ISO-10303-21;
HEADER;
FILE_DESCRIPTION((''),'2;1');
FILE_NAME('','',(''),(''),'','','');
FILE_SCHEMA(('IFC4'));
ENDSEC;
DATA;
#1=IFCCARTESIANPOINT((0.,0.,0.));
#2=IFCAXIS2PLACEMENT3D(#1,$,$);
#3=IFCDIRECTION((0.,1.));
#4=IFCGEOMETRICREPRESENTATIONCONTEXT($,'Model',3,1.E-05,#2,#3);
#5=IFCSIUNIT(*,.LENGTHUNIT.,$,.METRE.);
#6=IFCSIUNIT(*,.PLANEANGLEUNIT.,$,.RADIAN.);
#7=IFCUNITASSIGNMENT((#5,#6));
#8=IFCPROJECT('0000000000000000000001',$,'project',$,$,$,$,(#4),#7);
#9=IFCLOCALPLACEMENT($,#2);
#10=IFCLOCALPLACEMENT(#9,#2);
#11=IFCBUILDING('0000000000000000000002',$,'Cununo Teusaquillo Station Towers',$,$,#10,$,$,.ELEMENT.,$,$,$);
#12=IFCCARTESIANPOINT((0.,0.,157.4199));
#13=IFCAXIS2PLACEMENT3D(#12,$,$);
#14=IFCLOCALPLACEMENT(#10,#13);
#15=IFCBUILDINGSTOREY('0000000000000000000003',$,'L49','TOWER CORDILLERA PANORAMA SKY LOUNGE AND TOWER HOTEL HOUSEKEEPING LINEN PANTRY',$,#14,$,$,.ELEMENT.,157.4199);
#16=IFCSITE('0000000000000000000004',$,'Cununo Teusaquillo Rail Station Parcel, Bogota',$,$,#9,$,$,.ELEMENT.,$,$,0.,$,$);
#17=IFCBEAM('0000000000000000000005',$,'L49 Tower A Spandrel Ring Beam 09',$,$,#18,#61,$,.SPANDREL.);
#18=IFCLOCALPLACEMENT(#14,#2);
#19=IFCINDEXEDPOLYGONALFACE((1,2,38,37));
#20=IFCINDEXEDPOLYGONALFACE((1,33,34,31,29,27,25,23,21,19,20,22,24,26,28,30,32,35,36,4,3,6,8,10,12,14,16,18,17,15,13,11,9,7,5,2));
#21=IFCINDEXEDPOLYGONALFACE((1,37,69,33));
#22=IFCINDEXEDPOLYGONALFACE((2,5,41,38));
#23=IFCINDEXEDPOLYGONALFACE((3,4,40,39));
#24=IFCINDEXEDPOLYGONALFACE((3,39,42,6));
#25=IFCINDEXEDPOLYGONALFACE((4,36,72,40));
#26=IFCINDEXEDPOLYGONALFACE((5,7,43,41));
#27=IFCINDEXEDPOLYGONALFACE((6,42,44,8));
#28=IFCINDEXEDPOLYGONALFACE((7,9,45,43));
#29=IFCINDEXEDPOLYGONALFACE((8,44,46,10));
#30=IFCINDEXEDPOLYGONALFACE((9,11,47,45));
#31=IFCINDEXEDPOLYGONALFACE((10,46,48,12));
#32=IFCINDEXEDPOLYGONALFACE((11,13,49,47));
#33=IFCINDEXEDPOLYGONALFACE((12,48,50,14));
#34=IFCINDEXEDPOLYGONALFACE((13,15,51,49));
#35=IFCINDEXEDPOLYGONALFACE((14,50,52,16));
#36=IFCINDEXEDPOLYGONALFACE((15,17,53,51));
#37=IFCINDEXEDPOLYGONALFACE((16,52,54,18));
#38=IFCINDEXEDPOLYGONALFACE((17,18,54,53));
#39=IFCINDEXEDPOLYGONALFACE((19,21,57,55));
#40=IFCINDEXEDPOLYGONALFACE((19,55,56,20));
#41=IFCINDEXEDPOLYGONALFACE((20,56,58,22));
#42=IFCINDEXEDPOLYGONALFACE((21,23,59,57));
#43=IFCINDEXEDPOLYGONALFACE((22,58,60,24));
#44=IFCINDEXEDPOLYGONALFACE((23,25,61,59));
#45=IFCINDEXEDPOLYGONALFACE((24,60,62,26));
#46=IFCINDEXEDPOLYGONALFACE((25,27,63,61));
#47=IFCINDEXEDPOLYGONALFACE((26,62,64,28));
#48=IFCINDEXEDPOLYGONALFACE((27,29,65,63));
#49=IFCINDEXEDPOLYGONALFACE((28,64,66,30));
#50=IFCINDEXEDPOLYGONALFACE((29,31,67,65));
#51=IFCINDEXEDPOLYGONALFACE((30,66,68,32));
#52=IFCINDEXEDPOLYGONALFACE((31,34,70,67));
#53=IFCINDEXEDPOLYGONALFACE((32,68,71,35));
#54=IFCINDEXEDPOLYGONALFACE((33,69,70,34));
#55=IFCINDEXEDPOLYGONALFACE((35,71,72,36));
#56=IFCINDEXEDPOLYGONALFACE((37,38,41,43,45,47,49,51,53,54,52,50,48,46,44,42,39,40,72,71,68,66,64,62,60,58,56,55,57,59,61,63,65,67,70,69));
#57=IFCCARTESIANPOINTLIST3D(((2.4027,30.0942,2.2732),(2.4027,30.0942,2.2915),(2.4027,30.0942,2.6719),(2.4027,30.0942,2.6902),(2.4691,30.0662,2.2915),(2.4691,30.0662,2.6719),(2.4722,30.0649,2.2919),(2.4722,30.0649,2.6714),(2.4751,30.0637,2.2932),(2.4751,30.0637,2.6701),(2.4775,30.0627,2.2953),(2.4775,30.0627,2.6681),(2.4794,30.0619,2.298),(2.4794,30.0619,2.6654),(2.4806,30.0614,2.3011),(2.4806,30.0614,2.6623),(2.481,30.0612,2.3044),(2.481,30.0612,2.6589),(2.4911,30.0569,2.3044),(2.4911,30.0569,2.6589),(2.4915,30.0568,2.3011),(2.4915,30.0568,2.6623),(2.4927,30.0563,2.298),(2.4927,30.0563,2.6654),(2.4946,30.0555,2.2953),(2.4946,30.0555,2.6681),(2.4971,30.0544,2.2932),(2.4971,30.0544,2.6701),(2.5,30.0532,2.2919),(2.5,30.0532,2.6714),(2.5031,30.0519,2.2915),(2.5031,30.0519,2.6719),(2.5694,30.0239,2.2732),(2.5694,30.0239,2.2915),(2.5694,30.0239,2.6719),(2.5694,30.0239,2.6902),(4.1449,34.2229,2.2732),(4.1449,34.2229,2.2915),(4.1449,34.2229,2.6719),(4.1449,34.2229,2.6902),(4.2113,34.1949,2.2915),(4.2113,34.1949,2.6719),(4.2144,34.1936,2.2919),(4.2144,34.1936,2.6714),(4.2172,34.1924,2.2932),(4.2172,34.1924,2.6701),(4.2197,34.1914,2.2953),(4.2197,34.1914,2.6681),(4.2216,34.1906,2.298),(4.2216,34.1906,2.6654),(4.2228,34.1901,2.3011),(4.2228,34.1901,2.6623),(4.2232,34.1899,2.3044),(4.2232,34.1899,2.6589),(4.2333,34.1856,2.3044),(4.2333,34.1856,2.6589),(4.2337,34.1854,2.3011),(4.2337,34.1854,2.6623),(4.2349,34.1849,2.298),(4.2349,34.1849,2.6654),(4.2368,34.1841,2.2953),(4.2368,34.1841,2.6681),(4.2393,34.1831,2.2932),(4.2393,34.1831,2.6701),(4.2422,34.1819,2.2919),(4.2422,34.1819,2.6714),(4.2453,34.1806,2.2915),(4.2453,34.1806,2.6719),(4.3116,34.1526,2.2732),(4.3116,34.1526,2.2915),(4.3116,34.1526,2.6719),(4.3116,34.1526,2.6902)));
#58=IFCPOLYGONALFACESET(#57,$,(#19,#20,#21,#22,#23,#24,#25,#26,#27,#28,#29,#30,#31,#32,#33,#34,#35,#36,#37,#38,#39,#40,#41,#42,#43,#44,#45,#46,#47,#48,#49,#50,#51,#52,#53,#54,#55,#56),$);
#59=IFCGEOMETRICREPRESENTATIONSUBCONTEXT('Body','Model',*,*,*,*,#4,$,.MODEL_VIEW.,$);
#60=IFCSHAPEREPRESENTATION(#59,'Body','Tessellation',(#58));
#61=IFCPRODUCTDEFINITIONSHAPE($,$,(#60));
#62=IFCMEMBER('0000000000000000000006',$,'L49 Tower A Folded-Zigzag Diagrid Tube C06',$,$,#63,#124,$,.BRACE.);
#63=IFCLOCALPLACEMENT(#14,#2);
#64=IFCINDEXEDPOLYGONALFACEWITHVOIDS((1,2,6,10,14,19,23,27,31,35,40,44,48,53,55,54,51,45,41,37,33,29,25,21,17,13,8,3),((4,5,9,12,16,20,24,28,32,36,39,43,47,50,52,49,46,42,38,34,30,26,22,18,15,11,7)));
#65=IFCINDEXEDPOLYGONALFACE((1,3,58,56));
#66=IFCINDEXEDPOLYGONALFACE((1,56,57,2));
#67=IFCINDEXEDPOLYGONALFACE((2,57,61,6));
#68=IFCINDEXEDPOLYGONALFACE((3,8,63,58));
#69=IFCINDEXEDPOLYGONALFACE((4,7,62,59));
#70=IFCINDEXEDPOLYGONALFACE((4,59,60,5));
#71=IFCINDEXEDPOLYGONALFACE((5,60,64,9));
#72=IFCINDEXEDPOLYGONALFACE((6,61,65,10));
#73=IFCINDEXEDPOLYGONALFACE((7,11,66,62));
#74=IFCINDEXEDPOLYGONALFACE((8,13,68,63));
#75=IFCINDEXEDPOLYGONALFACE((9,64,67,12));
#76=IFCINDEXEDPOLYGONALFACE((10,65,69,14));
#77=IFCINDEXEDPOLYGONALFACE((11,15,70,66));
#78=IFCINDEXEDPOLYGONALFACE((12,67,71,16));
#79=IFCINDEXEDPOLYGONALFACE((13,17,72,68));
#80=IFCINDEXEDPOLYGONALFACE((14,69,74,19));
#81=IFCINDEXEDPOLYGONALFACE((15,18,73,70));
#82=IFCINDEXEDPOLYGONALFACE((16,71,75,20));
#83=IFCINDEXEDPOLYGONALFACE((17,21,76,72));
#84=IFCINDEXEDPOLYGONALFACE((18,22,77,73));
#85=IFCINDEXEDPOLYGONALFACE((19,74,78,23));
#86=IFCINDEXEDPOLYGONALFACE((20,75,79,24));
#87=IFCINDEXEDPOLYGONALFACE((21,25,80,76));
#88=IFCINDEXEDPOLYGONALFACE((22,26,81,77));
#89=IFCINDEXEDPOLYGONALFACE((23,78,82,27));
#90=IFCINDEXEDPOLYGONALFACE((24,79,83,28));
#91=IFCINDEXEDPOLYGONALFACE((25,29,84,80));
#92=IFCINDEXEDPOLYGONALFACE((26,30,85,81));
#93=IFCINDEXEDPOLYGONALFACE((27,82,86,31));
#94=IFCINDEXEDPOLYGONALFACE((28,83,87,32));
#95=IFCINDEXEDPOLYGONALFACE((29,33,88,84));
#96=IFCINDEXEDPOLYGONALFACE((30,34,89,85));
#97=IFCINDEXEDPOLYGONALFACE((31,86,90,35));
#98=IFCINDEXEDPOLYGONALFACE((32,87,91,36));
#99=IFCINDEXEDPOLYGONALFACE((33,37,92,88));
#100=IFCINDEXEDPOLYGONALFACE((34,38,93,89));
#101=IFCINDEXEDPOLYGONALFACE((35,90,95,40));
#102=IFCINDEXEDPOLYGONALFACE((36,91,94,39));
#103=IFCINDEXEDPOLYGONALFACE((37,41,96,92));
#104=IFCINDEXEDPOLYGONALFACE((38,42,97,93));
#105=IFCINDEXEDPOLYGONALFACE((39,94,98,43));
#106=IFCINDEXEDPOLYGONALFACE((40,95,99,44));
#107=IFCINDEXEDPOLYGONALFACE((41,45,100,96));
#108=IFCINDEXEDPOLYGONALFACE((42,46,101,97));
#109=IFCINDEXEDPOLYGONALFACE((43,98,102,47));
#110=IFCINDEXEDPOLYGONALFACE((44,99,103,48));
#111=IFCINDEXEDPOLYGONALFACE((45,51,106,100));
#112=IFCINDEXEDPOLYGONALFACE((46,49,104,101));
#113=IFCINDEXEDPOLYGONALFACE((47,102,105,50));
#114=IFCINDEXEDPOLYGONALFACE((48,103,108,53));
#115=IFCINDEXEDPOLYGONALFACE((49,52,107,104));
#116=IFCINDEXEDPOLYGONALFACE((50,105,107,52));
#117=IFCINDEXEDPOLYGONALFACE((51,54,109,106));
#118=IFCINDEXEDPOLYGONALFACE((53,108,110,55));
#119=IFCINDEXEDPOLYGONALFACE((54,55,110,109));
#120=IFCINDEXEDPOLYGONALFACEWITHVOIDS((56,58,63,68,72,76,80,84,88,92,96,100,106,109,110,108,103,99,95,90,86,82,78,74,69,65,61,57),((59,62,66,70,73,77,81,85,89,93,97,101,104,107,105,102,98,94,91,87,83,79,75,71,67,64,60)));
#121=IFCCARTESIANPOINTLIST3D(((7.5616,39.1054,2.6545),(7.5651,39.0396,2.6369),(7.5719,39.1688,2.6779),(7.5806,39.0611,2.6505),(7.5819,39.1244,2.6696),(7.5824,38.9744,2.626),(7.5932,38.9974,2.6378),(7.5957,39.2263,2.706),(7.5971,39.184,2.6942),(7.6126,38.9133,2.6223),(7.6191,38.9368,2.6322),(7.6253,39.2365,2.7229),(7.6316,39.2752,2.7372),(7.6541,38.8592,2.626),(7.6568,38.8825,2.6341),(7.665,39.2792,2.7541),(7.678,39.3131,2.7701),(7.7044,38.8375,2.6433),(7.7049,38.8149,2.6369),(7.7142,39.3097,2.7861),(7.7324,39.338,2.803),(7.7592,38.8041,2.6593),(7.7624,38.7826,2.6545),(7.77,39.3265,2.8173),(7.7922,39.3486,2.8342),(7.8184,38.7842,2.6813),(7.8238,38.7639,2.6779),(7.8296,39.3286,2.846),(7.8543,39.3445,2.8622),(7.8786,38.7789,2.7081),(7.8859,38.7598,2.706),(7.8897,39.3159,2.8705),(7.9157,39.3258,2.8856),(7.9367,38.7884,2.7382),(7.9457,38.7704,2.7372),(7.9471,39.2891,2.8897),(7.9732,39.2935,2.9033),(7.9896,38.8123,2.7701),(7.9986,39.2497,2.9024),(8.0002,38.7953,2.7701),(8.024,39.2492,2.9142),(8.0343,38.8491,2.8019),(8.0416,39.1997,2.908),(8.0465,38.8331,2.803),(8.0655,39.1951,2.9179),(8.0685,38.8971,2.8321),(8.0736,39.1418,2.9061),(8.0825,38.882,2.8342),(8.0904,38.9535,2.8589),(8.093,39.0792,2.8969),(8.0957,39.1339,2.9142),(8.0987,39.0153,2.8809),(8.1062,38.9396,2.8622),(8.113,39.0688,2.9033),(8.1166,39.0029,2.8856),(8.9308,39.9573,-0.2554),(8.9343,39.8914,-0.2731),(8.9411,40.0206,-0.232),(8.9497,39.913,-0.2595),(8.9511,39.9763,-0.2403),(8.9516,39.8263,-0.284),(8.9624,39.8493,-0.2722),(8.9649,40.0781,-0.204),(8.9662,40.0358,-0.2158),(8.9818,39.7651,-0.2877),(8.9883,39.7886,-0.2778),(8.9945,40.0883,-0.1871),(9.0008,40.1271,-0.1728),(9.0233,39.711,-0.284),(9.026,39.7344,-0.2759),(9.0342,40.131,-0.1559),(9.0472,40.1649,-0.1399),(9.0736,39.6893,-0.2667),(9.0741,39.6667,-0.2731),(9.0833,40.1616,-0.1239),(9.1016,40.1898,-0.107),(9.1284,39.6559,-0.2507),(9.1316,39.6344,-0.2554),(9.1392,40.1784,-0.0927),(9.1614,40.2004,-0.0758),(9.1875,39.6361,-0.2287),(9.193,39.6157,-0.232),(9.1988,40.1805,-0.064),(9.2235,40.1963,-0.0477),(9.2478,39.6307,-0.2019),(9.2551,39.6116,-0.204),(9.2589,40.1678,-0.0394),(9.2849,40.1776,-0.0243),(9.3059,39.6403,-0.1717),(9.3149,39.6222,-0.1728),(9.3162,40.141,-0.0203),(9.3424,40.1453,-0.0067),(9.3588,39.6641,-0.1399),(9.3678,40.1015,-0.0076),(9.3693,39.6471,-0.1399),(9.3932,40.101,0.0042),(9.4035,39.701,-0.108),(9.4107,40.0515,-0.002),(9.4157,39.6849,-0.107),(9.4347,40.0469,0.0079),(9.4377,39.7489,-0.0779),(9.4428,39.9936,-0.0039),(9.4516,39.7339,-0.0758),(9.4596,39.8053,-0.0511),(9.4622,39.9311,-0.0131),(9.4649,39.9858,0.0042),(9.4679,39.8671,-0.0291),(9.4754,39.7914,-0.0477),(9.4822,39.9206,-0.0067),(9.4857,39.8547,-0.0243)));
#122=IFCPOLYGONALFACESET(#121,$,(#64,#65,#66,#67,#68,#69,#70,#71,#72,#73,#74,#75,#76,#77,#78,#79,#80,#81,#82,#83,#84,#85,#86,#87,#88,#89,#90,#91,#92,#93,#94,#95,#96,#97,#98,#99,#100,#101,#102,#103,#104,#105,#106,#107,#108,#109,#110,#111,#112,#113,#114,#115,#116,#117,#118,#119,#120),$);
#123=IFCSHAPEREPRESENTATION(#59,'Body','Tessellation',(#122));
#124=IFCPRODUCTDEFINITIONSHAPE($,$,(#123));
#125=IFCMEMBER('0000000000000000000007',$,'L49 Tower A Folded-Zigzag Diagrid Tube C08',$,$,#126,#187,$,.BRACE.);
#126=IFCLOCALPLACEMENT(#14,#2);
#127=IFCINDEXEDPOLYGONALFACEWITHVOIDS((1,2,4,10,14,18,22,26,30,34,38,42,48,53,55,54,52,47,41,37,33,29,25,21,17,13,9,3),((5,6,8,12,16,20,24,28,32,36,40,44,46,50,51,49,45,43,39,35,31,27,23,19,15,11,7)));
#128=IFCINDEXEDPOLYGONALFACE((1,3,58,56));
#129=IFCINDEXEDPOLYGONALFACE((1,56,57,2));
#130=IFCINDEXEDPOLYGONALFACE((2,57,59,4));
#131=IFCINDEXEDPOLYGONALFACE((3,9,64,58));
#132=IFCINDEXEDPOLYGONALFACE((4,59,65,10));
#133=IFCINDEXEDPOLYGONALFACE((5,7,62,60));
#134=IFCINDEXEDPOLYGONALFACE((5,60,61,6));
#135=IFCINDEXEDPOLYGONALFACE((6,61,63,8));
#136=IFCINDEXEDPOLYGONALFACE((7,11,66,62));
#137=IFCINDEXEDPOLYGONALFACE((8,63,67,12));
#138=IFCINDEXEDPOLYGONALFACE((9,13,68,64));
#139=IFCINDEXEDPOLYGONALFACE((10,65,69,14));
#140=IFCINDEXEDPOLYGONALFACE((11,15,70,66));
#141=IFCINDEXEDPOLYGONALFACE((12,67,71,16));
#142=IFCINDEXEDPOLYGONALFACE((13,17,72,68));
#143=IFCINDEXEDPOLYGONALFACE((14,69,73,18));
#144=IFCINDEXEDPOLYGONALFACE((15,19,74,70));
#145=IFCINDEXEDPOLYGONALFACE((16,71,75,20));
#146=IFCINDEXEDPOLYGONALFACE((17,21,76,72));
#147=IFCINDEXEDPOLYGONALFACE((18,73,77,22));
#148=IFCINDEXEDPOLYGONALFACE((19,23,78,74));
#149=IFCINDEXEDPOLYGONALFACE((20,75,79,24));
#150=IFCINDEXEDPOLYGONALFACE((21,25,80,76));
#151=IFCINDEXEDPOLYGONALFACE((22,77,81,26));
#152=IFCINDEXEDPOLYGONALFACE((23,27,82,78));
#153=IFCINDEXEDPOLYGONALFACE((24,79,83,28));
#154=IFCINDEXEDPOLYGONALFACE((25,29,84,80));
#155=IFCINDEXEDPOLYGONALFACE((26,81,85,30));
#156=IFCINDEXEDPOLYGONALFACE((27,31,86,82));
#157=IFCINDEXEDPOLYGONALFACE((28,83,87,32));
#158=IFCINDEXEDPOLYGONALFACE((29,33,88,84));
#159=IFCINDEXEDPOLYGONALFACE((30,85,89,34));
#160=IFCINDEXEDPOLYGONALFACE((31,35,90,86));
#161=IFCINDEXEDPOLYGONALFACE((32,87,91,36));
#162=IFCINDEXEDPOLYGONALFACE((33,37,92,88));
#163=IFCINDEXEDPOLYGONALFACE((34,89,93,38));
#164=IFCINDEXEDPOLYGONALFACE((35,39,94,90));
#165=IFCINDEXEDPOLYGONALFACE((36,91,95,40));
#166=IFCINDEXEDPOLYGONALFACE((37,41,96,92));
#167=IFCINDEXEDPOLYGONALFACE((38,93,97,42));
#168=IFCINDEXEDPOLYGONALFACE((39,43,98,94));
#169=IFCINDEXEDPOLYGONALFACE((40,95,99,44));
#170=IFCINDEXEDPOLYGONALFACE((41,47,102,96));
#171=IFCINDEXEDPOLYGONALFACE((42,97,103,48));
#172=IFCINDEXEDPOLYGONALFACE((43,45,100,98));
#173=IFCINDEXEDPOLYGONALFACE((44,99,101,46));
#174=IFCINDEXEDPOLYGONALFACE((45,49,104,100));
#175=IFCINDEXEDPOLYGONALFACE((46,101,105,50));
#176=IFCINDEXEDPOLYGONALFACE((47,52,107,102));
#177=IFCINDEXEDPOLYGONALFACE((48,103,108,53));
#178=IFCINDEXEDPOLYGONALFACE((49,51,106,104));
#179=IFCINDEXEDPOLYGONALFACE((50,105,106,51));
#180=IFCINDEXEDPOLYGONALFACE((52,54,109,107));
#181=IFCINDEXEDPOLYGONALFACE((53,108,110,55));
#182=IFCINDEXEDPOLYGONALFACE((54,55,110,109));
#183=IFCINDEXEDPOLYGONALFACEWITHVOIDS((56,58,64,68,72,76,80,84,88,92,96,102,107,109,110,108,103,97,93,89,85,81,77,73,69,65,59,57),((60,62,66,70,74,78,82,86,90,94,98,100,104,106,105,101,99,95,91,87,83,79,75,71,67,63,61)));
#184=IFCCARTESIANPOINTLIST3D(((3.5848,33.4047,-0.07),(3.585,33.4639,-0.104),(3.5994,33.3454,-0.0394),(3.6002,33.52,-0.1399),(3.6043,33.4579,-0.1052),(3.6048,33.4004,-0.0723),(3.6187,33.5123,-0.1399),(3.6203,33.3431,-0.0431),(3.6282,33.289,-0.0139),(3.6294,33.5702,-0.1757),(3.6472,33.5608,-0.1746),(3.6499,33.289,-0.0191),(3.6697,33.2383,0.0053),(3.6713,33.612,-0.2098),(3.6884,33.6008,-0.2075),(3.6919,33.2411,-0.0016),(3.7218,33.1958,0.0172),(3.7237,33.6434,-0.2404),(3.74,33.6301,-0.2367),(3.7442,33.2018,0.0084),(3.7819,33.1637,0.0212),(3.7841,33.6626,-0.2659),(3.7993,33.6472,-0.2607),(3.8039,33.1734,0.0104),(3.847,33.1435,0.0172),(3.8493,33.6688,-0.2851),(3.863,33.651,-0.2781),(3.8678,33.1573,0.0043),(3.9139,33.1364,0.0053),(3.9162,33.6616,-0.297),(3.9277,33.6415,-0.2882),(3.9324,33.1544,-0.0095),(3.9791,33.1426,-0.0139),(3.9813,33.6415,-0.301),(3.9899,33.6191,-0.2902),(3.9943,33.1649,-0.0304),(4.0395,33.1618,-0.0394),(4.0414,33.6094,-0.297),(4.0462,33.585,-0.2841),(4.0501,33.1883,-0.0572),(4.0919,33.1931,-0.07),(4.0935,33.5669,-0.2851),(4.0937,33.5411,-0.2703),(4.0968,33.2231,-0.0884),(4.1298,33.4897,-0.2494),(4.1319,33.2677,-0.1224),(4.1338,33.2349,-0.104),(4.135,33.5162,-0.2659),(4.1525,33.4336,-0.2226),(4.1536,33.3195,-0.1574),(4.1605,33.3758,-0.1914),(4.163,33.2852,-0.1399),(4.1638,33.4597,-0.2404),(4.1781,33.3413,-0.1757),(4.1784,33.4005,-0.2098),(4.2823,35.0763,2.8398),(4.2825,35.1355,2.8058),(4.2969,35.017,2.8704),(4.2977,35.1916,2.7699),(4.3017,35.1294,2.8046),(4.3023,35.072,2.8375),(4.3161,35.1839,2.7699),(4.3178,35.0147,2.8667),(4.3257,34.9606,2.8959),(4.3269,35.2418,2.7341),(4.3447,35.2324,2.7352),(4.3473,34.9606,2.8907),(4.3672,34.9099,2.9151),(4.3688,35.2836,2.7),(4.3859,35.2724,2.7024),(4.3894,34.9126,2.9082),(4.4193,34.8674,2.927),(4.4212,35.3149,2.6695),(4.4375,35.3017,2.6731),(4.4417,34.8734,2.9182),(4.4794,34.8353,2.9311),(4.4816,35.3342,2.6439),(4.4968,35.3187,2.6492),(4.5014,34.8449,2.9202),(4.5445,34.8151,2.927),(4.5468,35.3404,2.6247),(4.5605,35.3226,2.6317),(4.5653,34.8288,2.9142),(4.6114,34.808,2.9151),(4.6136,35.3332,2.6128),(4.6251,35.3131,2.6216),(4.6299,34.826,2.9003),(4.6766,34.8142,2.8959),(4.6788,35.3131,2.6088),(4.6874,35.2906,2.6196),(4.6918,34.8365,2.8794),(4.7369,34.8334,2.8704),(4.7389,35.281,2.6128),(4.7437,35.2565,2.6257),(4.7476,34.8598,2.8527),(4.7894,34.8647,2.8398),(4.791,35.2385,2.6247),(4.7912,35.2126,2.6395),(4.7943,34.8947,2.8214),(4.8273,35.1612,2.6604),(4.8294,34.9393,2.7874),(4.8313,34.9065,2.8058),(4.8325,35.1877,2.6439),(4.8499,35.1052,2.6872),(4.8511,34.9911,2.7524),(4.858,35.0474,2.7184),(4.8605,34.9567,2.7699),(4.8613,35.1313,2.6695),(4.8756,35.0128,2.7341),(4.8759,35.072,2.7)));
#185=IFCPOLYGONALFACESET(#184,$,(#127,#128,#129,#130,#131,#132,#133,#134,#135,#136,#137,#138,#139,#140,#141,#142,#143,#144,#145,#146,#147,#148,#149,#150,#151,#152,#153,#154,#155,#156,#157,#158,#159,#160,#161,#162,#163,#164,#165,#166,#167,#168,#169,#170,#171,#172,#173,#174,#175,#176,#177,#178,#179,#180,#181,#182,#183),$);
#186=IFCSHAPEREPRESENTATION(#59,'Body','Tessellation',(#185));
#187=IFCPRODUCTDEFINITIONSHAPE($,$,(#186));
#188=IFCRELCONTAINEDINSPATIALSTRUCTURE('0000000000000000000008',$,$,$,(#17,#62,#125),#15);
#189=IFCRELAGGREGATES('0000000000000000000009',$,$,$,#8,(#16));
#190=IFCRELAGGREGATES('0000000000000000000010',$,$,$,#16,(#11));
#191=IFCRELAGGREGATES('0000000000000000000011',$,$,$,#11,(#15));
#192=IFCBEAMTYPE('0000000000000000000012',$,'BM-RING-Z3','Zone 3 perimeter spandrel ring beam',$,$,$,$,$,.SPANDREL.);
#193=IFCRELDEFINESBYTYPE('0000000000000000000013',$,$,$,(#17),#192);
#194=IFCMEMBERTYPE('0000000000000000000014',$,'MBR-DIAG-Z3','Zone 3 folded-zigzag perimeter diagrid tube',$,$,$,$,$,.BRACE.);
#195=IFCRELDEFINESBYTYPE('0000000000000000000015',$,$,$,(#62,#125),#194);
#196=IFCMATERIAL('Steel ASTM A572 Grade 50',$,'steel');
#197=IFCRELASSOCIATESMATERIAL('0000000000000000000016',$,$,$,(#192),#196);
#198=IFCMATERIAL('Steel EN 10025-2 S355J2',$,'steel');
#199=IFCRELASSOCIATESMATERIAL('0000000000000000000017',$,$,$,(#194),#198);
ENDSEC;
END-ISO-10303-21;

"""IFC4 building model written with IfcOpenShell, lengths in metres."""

from ifc_helpers import new_model, si_unit, direction, frame, origin, origin_2d, place, context, subcontext, project, spatial, hollow_circle, i_section, extrude, material, material_profile, profile_set, type_object, element, save


model = new_model("IFC4")

# Units and contexts
model_context = context("Model", 3, precision=1e-05, world=origin(), true_north=direction((0.0, 1.0)))
body_context = subcontext(model_context, "Body", "Model", "MODEL_VIEW")
ifc_project = project(units=[si_unit("LENGTHUNIT", "METRE"), si_unit("PLANEANGLEUNIT", "RADIAN")], contexts=[model_context])

# Site, building, storey
site_placement = place(None, origin())
site = spatial("IfcSite", under=ifc_project, at=site_placement, Name="Cununo Teusaquillo Rail Station Parcel, Bogota", CompositionType="ELEMENT", RefElevation=0.0)
building_placement = place(site_placement, origin())
building = spatial("IfcBuilding", under=site, at=building_placement, Name="Cununo Teusaquillo Station Towers", CompositionType="ELEMENT")
storey_placement = place(building_placement, frame((0.0, 0.0, 157.4199)))
storey = spatial("IfcBuildingStorey", under=building, at=storey_placement, Name="L49", Description="TOWER CORDILLERA PANORAMA SKY LOUNGE AND TOWER HOTEL HOUSEKEEPING LINEN PANTRY", CompositionType="ELEMENT", Elevation=157.4199)

# Beam
ifc_material_1 = material(Name="Steel ASTM A572 Grade 50", Category="steel")
ifc_material_profile_1 = material_profile(ifc_material_1, i_section(OverallWidth=0.1809, OverallDepth=0.417, WebThickness=0.011, FlangeThickness=0.0183, FilletRadius=0.0129, at=origin_2d()), Name="W16X57")
ifc_profile_set_1 = profile_set([ifc_material_profile_1], Name="Steel ASTM A572 Grade 50")
beam_type_1 = type_object("IfcBeamType", Name="BM-RING-Z3", Description="Zone 3 perimeter spandrel ring beam", PredefinedType="SPANDREL", material=ifc_profile_set_1)
beam_1_placement = place(storey_placement, frame((4.2283, 34.1877, 2.4817), z_axis=(-0.388778, -0.921332, 0.0), x_axis=(0.921332, -0.388778, 0.0)))
element("IfcBeam", 1, at=beam_1_placement, inside=storey, type_object=beam_type_1, Name="L49 Tower A Spandrel Ring Beam 09", PredefinedType="SPANDREL", context=body_context, shape_type="SweptSolid", body=[
    extrude(i_section(OverallWidth=0.1809, OverallDepth=0.417, WebThickness=0.011, FlangeThickness=0.0183, FilletRadius=0.0129, at=origin_2d()), origin(), (0.0, 0.0, 1.0), 4.4812),
])

# Members
ifc_material_2 = material(Name="Steel EN 10025-2 S355J2", Category="steel")
ifc_material_profile_2 = material_profile(ifc_material_2, hollow_circle(Radius=0.3049, WallThickness=0.02, at=origin_2d()), Name="CHS 610x20")
ifc_profile_set_2 = profile_set([ifc_material_profile_2], Name="Steel EN 10025-2 S355J2")
member_type = type_object("IfcMemberType", Name="MBR-DIAG-Z3", Description="Zone 3 folded-zigzag perimeter diagrid tube", PredefinedType="BRACE", material=ifc_profile_set_2)
member_1_placement = place(storey_placement, frame((9.2083, 39.906, -0.1399), z_axis=(-0.411547, -0.256043, 0.874684), x_axis=(0.528256, -0.849085, 0.0)))
element("IfcMember", 2, at=member_1_placement, inside=storey, type_object=member_type, Name="L49 Tower A Folded-Zigzag Diagrid Tube C06", PredefinedType="BRACE", context=body_context, shape_type="SweptSolid", body=[
    extrude(hollow_circle(Radius=0.3049, WallThickness=0.02, at=origin_2d()), origin(), (0.0, 0.0, 1.0), 3.3269),
])
member_2_placement = place(storey_placement, frame((3.8816, 33.4026, -0.1399), z_axis=(0.203498, 0.487697, 0.848964), x_axis=(-0.922881, 0.385084, 0.0)))
element("IfcMember", 3, at=member_2_placement, inside=storey, type_object=member_type, Name="L49 Tower A Folded-Zigzag Diagrid Tube C08", PredefinedType="BRACE", context=body_context, shape_type="SweptSolid", body=[
    extrude(hollow_circle(Radius=0.3049, WallThickness=0.02, at=origin_2d()), origin(), (0.0, 0.0, 1.0), 3.4275),
])

save(model, "model.ifc")
